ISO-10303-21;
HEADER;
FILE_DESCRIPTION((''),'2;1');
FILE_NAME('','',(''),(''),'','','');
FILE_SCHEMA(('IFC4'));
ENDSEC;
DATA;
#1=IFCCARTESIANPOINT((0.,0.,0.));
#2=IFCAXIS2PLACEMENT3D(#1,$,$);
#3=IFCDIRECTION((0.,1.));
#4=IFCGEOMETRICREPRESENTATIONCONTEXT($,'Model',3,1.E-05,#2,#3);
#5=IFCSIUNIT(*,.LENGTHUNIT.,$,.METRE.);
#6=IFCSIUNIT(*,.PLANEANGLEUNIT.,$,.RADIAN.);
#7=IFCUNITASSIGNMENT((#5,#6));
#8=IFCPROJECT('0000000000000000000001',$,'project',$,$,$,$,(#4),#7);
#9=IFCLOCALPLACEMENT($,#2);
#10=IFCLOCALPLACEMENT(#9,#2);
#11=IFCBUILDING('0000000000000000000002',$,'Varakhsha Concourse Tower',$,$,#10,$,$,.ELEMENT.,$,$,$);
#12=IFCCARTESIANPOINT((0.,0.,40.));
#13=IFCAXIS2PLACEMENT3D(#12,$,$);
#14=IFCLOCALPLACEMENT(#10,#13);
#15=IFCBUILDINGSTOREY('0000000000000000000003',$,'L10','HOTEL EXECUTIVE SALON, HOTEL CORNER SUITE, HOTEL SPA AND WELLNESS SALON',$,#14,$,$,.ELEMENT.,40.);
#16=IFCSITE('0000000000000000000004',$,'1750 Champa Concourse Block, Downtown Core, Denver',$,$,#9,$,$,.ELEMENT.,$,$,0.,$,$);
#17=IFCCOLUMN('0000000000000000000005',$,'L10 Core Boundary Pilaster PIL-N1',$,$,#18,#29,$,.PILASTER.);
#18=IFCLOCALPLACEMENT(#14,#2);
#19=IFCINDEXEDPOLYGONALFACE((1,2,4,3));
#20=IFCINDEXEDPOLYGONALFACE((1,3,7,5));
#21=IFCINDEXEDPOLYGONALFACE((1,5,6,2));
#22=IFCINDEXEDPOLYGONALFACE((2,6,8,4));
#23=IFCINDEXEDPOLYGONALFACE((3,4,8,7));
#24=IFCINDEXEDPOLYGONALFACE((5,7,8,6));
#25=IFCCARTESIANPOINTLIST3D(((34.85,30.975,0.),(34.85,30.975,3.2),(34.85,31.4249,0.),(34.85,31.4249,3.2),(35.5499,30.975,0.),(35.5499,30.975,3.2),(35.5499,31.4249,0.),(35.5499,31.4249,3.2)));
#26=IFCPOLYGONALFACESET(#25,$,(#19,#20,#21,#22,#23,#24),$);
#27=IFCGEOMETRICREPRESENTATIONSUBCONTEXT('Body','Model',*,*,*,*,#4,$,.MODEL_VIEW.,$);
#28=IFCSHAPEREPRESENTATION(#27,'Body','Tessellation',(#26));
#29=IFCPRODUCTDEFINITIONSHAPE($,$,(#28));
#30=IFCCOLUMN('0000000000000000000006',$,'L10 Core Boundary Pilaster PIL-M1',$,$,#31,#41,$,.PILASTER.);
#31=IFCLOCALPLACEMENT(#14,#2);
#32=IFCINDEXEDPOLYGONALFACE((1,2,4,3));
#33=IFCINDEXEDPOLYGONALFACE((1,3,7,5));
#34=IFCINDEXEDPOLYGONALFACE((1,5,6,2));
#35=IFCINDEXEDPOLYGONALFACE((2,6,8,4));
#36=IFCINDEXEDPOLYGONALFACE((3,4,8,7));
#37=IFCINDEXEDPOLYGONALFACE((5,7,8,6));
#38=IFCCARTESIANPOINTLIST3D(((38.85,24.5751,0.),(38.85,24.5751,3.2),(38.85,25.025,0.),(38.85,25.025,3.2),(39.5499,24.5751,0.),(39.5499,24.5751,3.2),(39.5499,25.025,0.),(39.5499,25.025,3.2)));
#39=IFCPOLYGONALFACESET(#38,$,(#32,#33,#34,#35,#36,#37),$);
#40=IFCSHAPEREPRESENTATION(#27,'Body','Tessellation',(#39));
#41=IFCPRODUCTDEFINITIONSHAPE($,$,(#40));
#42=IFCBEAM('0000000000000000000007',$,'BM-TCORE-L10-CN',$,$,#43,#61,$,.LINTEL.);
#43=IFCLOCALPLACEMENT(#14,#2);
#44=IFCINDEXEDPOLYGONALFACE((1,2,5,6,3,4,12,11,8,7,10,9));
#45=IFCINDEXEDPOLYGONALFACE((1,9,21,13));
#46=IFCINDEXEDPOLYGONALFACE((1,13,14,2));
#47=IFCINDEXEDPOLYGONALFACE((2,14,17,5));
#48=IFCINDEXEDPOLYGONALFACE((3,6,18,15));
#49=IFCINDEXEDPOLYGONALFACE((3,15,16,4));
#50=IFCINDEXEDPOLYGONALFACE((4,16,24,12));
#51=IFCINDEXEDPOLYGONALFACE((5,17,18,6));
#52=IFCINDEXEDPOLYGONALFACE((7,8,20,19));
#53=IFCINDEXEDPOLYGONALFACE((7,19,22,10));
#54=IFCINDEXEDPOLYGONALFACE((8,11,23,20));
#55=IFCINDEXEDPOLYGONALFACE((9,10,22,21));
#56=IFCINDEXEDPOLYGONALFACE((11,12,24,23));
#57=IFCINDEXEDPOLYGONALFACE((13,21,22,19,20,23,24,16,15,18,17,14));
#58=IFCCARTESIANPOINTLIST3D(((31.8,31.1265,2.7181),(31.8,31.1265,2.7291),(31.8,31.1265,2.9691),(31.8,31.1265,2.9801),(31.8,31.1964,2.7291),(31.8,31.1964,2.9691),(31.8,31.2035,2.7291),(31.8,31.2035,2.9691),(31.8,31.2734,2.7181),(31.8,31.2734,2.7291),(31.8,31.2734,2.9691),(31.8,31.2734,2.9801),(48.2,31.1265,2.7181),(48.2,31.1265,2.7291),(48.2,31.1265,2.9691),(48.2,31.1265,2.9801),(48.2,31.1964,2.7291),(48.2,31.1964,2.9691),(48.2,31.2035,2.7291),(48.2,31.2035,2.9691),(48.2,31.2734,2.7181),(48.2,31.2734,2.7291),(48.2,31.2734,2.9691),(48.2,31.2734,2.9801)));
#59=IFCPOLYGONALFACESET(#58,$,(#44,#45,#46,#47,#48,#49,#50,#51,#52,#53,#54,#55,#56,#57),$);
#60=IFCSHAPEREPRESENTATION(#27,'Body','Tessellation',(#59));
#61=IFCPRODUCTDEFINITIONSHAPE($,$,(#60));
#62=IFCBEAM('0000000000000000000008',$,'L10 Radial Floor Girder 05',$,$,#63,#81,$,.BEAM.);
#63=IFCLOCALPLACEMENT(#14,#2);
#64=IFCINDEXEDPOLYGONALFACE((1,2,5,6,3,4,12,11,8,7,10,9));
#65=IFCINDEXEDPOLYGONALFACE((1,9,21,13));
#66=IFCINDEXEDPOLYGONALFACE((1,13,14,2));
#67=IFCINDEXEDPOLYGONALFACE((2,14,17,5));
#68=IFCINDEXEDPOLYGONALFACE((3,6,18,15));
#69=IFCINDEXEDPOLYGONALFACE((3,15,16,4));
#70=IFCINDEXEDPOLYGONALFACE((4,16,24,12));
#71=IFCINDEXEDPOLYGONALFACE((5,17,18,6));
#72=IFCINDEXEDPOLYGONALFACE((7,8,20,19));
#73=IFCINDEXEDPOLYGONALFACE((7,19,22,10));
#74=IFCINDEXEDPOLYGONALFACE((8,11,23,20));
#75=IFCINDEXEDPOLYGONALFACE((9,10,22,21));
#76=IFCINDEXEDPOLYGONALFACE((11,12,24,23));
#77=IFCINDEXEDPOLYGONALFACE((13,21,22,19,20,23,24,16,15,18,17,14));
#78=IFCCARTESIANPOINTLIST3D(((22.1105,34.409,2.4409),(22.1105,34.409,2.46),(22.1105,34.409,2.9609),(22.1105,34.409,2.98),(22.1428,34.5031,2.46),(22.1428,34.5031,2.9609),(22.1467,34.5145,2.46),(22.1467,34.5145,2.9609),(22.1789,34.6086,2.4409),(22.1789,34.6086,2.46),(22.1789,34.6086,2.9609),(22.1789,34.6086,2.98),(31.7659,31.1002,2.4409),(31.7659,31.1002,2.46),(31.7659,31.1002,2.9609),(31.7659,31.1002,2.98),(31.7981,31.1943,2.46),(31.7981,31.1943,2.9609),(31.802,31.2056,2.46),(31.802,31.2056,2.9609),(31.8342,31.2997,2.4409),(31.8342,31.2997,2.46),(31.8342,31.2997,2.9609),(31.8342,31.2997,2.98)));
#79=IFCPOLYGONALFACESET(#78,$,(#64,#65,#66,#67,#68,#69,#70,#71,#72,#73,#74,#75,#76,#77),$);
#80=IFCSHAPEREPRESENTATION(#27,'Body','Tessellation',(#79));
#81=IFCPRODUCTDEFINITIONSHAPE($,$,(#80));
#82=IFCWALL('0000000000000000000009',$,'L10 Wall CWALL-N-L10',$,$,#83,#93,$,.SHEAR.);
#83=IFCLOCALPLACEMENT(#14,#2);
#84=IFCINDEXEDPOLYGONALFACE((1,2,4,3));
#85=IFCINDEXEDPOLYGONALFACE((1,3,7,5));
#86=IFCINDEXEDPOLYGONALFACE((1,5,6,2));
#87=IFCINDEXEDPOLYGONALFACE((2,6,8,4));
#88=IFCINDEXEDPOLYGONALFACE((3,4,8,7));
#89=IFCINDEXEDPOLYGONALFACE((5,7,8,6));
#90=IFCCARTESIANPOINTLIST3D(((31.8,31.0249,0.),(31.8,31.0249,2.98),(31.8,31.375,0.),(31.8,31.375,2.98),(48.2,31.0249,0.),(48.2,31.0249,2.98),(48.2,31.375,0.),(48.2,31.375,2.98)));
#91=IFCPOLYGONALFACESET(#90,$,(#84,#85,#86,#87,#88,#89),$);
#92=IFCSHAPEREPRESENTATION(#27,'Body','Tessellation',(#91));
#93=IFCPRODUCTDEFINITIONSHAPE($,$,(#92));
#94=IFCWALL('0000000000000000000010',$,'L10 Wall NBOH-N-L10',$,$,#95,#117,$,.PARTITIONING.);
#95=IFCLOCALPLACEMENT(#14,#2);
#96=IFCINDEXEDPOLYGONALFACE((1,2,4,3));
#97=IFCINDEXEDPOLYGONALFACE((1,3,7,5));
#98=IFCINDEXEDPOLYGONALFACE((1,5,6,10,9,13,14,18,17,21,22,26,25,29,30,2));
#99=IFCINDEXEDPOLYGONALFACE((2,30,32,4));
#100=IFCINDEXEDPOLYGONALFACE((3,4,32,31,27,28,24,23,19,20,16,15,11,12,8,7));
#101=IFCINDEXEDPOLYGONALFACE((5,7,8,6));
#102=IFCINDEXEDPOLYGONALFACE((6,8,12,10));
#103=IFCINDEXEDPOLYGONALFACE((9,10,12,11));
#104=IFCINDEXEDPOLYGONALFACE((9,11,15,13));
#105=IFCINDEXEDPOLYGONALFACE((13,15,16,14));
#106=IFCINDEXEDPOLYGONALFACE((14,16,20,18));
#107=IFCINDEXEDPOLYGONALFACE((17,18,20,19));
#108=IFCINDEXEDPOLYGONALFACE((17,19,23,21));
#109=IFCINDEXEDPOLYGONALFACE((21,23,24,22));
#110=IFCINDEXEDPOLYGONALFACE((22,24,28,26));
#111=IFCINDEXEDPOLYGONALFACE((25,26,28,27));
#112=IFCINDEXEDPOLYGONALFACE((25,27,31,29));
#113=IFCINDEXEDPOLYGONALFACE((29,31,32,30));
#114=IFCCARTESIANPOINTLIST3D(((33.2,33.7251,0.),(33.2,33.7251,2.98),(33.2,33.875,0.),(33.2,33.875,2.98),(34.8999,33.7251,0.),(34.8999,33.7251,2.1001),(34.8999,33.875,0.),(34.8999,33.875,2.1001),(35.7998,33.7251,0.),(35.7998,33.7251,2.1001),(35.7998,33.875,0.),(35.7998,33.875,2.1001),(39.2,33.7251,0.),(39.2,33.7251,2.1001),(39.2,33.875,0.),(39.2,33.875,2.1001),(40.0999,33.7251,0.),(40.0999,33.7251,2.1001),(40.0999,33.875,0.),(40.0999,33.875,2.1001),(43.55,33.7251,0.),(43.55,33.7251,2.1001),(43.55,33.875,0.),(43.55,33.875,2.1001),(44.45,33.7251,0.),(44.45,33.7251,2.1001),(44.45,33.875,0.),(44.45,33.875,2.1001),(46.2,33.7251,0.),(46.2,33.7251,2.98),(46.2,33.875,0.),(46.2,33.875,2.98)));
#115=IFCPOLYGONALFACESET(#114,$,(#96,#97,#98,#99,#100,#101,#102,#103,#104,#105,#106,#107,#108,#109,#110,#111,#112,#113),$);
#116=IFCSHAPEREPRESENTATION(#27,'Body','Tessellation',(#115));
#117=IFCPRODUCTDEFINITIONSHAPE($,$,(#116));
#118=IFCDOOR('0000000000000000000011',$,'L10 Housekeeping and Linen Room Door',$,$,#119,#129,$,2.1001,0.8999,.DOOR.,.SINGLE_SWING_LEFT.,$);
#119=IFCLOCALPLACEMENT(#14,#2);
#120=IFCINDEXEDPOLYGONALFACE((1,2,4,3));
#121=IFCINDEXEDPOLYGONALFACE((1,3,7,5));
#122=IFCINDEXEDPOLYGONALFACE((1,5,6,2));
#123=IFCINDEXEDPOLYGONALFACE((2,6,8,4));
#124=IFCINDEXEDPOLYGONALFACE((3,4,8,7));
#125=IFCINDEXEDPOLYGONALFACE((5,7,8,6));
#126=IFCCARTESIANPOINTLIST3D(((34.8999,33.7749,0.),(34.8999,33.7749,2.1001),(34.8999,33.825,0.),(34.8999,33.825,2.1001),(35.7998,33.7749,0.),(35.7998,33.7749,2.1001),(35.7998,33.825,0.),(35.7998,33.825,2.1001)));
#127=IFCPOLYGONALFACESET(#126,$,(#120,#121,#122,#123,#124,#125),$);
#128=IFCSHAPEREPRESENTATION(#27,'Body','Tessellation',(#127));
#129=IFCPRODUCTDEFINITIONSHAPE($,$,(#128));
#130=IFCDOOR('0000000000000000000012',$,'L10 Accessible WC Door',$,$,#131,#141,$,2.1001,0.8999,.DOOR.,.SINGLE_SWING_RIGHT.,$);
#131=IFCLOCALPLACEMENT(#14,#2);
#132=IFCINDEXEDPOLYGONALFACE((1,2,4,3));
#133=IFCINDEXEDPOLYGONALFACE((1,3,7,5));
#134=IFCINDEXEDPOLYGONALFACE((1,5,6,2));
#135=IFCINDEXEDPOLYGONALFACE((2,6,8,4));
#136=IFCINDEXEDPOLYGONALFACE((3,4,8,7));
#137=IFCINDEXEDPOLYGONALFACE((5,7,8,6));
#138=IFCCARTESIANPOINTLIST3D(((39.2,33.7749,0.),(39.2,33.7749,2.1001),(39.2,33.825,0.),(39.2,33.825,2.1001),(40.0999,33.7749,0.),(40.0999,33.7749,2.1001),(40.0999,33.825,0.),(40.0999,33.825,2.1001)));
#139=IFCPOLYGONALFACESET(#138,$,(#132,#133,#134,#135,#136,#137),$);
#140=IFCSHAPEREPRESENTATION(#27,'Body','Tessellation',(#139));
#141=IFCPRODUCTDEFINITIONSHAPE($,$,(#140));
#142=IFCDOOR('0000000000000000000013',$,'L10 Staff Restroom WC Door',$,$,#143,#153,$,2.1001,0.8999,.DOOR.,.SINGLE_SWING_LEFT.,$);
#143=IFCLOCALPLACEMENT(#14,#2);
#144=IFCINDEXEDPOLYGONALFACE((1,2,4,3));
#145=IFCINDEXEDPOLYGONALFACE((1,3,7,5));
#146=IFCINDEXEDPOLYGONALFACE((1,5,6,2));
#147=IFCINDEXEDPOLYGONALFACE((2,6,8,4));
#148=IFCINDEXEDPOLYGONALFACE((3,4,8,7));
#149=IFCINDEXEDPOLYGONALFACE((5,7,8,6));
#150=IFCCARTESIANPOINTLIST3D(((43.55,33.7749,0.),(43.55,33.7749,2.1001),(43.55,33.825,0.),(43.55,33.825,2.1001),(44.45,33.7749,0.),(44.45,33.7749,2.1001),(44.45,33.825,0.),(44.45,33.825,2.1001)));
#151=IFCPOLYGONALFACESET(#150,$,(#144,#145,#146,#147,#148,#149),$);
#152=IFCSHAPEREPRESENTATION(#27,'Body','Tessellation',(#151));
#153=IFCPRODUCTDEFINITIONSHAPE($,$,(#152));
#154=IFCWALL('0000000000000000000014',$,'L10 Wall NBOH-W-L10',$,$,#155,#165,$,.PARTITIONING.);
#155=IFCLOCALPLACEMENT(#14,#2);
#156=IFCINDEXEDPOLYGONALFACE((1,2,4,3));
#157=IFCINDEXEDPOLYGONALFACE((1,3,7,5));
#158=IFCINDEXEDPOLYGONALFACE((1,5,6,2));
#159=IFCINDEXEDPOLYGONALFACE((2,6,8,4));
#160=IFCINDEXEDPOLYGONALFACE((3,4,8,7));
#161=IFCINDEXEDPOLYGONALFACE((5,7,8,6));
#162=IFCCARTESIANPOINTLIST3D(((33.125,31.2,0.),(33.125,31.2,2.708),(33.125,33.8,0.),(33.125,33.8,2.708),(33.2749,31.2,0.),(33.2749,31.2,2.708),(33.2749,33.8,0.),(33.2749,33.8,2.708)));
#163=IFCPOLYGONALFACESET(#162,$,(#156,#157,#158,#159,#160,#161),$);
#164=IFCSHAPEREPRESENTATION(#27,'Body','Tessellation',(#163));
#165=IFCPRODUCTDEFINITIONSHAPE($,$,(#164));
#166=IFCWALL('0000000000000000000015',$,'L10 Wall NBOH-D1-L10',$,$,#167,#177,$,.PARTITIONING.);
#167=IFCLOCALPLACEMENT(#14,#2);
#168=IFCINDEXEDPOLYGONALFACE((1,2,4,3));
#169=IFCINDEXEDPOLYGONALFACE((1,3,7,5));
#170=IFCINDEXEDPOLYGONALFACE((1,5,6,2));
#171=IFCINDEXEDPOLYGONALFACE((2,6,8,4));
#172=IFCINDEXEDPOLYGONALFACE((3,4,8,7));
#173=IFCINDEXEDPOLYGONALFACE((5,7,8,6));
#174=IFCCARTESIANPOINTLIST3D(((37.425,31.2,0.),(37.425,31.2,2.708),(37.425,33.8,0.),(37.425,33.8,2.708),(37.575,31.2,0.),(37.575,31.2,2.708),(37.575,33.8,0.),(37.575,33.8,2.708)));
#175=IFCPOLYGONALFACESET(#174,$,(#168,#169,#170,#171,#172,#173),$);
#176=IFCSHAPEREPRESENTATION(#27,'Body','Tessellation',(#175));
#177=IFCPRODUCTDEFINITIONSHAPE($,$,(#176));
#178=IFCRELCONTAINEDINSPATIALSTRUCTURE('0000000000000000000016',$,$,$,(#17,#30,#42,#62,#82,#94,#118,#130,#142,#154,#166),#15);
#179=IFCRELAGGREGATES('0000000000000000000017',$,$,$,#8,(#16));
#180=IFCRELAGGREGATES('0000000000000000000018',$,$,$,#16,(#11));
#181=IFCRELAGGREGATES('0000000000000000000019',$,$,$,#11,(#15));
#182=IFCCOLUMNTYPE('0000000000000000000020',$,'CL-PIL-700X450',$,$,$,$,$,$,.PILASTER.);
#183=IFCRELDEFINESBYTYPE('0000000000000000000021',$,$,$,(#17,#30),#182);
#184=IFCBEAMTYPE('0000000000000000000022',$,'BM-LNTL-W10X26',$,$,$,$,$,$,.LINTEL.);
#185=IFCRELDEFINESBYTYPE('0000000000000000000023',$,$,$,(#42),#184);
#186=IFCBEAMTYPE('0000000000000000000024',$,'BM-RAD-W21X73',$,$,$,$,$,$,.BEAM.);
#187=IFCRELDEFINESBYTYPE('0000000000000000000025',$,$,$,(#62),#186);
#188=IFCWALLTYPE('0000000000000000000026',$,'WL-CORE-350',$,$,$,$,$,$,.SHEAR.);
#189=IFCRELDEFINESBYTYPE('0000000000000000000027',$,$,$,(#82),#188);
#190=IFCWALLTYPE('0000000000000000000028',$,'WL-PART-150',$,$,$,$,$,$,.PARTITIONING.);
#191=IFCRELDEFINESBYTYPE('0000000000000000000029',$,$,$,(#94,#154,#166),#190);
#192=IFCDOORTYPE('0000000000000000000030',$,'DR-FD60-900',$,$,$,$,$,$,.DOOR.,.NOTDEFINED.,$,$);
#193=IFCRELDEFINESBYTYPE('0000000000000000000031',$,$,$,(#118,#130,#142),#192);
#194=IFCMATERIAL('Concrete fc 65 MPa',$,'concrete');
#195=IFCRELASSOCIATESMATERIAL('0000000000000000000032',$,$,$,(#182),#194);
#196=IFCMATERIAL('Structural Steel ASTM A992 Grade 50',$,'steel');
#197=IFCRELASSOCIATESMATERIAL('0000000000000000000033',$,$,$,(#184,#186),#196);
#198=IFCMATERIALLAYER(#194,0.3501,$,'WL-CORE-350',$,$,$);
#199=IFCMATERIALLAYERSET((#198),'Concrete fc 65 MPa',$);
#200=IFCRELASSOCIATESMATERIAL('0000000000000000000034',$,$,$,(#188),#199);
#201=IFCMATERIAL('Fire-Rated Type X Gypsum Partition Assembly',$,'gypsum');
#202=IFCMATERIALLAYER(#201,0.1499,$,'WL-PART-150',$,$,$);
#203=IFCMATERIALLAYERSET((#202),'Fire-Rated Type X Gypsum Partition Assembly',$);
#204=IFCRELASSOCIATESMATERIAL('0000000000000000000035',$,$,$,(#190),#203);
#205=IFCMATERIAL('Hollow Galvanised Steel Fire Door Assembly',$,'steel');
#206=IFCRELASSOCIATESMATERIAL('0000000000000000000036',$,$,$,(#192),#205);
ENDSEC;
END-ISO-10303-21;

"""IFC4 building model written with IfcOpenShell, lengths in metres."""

from ifc_helpers import new_model, si_unit, direction, frame, frame_2d, origin, origin_2d, place, context, subcontext, project, spatial, rectangle, i_section, extrude, material, layer, layer_set, material_profile, profile_set, type_object, element, fill, save


model = new_model("IFC4")

# Units and contexts
model_context = context("Model", 3, precision=1e-05, world=origin(), true_north=direction((0.0, 1.0)))
body_context = subcontext(model_context, "Body", "Model", "MODEL_VIEW")
ifc_project = project(units=[si_unit("LENGTHUNIT", "METRE"), si_unit("PLANEANGLEUNIT", "RADIAN")], contexts=[model_context])

# Site, building, storey
site_placement = place(None, origin())
site = spatial("IfcSite", under=ifc_project, at=site_placement, Name="1750 Champa Concourse Block, Downtown Core, Denver", CompositionType="ELEMENT", RefElevation=0.0)
building_placement = place(site_placement, origin())
building = spatial("IfcBuilding", under=site, at=building_placement, Name="Varakhsha Concourse Tower", CompositionType="ELEMENT")
storey_placement = place(building_placement, frame((0.0, 0.0, 40.0)))
storey = spatial("IfcBuildingStorey", under=building, at=storey_placement, Name="L10", Description="HOTEL EXECUTIVE SALON, HOTEL CORNER SUITE, HOTEL SPA AND WELLNESS SALON", CompositionType="ELEMENT", Elevation=40.0)

# Columns
ifc_material_1 = material(Name="Concrete fc 65 MPa", Category="concrete")
ifc_material_profile_1 = material_profile(ifc_material_1, rectangle(XDim=0.7, YDim=0.45, at=origin_2d()), Name="RC 700x450")
ifc_profile_set_1 = profile_set([ifc_material_profile_1], Name="Concrete fc 65 MPa")
column_type = type_object("IfcColumnType", Name="CL-PIL-700X450", PredefinedType="PILASTER", material=ifc_profile_set_1)
for number, where, z_axis, x_axis, name in (
    (1, (35.2, 31.2, 0.0), (0.0, 0.0, 1.0), (1.0, 0.0, 0.0), "L10 Core Boundary Pilaster PIL-N1"),
    (2, (39.2, 24.8, 0.0), (0.0, 0.0, 1.0), (1.0, 0.0, 0.0), "L10 Core Boundary Pilaster PIL-M1"),
):
    element("IfcColumn", number, at=place(storey_placement, frame(where, z_axis=z_axis, x_axis=x_axis)), inside=storey, type_object=column_type, Name=name, PredefinedType="PILASTER", context=body_context, shape_type="SweptSolid", body=[
        extrude(rectangle(XDim=0.7, YDim=0.45, at=origin_2d()), origin(), (0.0, 0.0, 1.0), 3.2),
    ])

# Beams
ifc_material_2 = material(Name="Structural Steel ASTM A992 Grade 50", Category="steel")
ifc_material_profile_2 = material_profile(ifc_material_2, i_section(OverallWidth=0.147, OverallDepth=0.262, WebThickness=0.0071, FlangeThickness=0.011, at=origin_2d()), Name="W10X26")
ifc_profile_set_2 = profile_set([ifc_material_profile_2], Name="Structural Steel ASTM A992 Grade 50")
beam_type_1 = type_object("IfcBeamType", Name="BM-LNTL-W10X26", PredefinedType="LINTEL", material=ifc_profile_set_2)
beam_1_placement = place(storey_placement, frame((31.8, 31.2, 2.8491), z_axis=(1.0, 0.0, 0.0), x_axis=(0.0, 1.0, 0.0)))
element("IfcBeam", 3, at=beam_1_placement, inside=storey, type_object=beam_type_1, Name="BM-TCORE-L10-CN", PredefinedType="LINTEL", context=body_context, shape_type="SweptSolid", body=[
    extrude(i_section(OverallWidth=0.147, OverallDepth=0.262, WebThickness=0.0071, FlangeThickness=0.011, at=origin_2d()), origin(), (0.0, 0.0, 1.0), 16.3999),
])
ifc_material_profile_3 = material_profile(ifc_material_2, i_section(OverallWidth=0.2109, OverallDepth=0.5391, WebThickness=0.012, FlangeThickness=0.019, at=origin_2d()), Name="W21X73")
ifc_profile_set_3 = profile_set([ifc_material_profile_3], Name="Structural Steel ASTM A992 Grade 50")
beam_type_2 = type_object("IfcBeamType", Name="BM-RAD-W21X73", PredefinedType="BEAM", material=ifc_profile_set_3)
beam_2_placement = place(storey_placement, frame((31.8, 31.2, 2.7104), z_axis=(-0.945992, 0.324189, 0.0), x_axis=(-0.324189, -0.945992, 0.0)))
element("IfcBeam", 4, at=beam_2_placement, inside=storey, type_object=beam_type_2, Name="L10 Radial Floor Girder 05", PredefinedType="BEAM", context=body_context, shape_type="SweptSolid", body=[
    extrude(i_section(OverallWidth=0.2109, OverallDepth=0.5391, WebThickness=0.012, FlangeThickness=0.019, at=origin_2d()), origin(), (0.0, 0.0, 1.0), 10.2065),
])

# Wall
ifc_layer_1 = layer(ifc_material_1, 0.3501, Name="WL-CORE-350")
ifc_layer_set_1 = layer_set([ifc_layer_1], Name="Concrete fc 65 MPa")
wall_type_1 = type_object("IfcWallType", Name="WL-CORE-350", PredefinedType="SHEAR", material=ifc_layer_set_1)
wall_1_placement = place(storey_placement, frame((31.8, 31.2, 0.0), z_axis=(0.0, 0.0, 1.0), x_axis=(1.0, 0.0, 0.0)))
element("IfcWall", 5, at=wall_1_placement, inside=storey, type_object=wall_type_1, Name="L10 Wall CWALL-N-L10", PredefinedType="SHEAR", context=body_context, shape_type="SweptSolid", body=[
    extrude(rectangle(XDim=16.3999, YDim=0.3501, at=frame_2d((8.2, 0.0))), origin(), (0.0, 0.0, 1.0), 2.98),
])

# Wall, openings, doors
ifc_material_3 = material(Name="Fire-Rated Type X Gypsum Partition Assembly", Category="gypsum")
ifc_layer_2 = layer(ifc_material_3, 0.1499, Name="WL-PART-150")
ifc_layer_set_2 = layer_set([ifc_layer_2], Name="Fire-Rated Type X Gypsum Partition Assembly")
wall_type_2 = type_object("IfcWallType", Name="WL-PART-150", PredefinedType="PARTITIONING", material=ifc_layer_set_2)
wall_2_placement = place(storey_placement, frame((33.2, 33.8, 0.0), z_axis=(0.0, 0.0, 1.0), x_axis=(1.0, 0.0, 0.0)))
wall_2 = element("IfcWall", 6, at=wall_2_placement, inside=storey, type_object=wall_type_2, Name="L10 Wall NBOH-N-L10", PredefinedType="PARTITIONING", context=body_context, shape_type="SweptSolid", body=[
    extrude(rectangle(XDim=13.0, YDim=0.1499, at=frame_2d((6.5, 0.0))), origin(), (0.0, 0.0, 1.0), 2.98),
])
opening_1_placement = place(wall_2_placement, frame((1.7, 0.0, 0.0)))
opening_1 = element("IfcOpeningElement", 7, at=opening_1_placement, cuts=wall_2, PredefinedType="OPENING", context=body_context, shape_type="SweptSolid", body=[
    extrude(rectangle(XDim=0.8999, YDim=2.1001, at=frame_2d((0.45, 1.05))), frame((0.0, 0.085, 0.0), z_axis=(0.0, -1.0, 0.0), x_axis=(1.0, 0.0, 0.0)), (0.0, 0.0, 1.0), 0.1699),
])
opening_2_placement = place(wall_2_placement, frame((6.0, 0.0, 0.0)))
opening_2 = element("IfcOpeningElement", 8, at=opening_2_placement, cuts=wall_2, PredefinedType="OPENING", context=body_context, shape_type="SweptSolid", body=[
    extrude(rectangle(XDim=0.8999, YDim=2.1001, at=frame_2d((0.45, 1.05))), frame((0.0, 0.085, 0.0), z_axis=(0.0, -1.0, 0.0), x_axis=(1.0, 0.0, 0.0)), (0.0, 0.0, 1.0), 0.1699),
])
opening_3_placement = place(wall_2_placement, frame((10.3501, 0.0, 0.0)))
opening_3 = element("IfcOpeningElement", 9, at=opening_3_placement, cuts=wall_2, PredefinedType="OPENING", context=body_context, shape_type="SweptSolid", body=[
    extrude(rectangle(XDim=0.8999, YDim=2.1001, at=frame_2d((0.45, 1.05))), frame((0.0, 0.085, 0.0), z_axis=(0.0, -1.0, 0.0), x_axis=(1.0, 0.0, 0.0)), (0.0, 0.0, 1.0), 0.1699),
])
ifc_material_4 = material(Name="Hollow Galvanised Steel Fire Door Assembly", Category="steel")
door_type_1 = type_object("IfcDoorType", Name="DR-FD60-900", OperationType="NOTDEFINED", PredefinedType="DOOR", material=ifc_material_4)
door_1_placement = place(opening_1_placement, origin())
door_1 = element("IfcDoor", 10, at=door_1_placement, inside=storey, type_object=door_type_1, Name="L10 Housekeeping and Linen Room Door", OperationType="SINGLE_SWING_LEFT", OverallHeight=2.1001, OverallWidth=0.8999, PredefinedType="DOOR", context=body_context, shape_type="SweptSolid", body=[
    extrude(rectangle(XDim=0.8999, YDim=2.1001, at=frame_2d((0.45, 1.05))), frame((0.0, 0.0249, 0.0), z_axis=(0.0, -1.0, 0.0), x_axis=(1.0, 0.0, 0.0)), (0.0, 0.0, 1.0), 0.05),
])
fill(opening_1, door_1)
door_2_placement = place(opening_2_placement, origin())
door_2 = element("IfcDoor", 11, at=door_2_placement, inside=storey, type_object=door_type_1, Name="L10 Accessible WC Door", OperationType="SINGLE_SWING_RIGHT", OverallHeight=2.1001, OverallWidth=0.8999, PredefinedType="DOOR", context=body_context, shape_type="SweptSolid", body=[
    extrude(rectangle(XDim=0.8999, YDim=2.1001, at=frame_2d((0.45, 1.05))), frame((0.0, 0.0249, 0.0), z_axis=(0.0, -1.0, 0.0), x_axis=(1.0, 0.0, 0.0)), (0.0, 0.0, 1.0), 0.05),
])
fill(opening_2, door_2)
door_3_placement = place(opening_3_placement, origin())
door_3 = element("IfcDoor", 12, at=door_3_placement, inside=storey, type_object=door_type_1, Name="L10 Staff Restroom WC Door", OperationType="SINGLE_SWING_LEFT", OverallHeight=2.1001, OverallWidth=0.8999, PredefinedType="DOOR", context=body_context, shape_type="SweptSolid", body=[
    extrude(rectangle(XDim=0.8999, YDim=2.1001, at=frame_2d((0.45, 1.05))), frame((0.0, 0.0249, 0.0), z_axis=(0.0, -1.0, 0.0), x_axis=(1.0, 0.0, 0.0)), (0.0, 0.0, 1.0), 0.05),
])
fill(opening_3, door_3)

# Walls
for number, where, z_axis, x_axis, name in (
    (13, (33.2, 31.2, 0.0), (0.0, 0.0, 1.0), (0.0, 1.0, 0.0), "L10 Wall NBOH-W-L10"),
    (14, (37.5, 31.2, 0.0), (0.0, 0.0, 1.0), (0.0, 1.0, 0.0), "L10 Wall NBOH-D1-L10"),
):
    element("IfcWall", number, at=place(storey_placement, frame(where, z_axis=z_axis, x_axis=x_axis)), inside=storey, type_object=wall_type_2, Name=name, PredefinedType="PARTITIONING", context=body_context, shape_type="SweptSolid", body=[
        extrude(rectangle(XDim=2.6001, YDim=0.1499, at=frame_2d((1.3, 0.0))), origin(), (0.0, 0.0, 1.0), 2.708),
    ])

save(model, "model.ifc")
